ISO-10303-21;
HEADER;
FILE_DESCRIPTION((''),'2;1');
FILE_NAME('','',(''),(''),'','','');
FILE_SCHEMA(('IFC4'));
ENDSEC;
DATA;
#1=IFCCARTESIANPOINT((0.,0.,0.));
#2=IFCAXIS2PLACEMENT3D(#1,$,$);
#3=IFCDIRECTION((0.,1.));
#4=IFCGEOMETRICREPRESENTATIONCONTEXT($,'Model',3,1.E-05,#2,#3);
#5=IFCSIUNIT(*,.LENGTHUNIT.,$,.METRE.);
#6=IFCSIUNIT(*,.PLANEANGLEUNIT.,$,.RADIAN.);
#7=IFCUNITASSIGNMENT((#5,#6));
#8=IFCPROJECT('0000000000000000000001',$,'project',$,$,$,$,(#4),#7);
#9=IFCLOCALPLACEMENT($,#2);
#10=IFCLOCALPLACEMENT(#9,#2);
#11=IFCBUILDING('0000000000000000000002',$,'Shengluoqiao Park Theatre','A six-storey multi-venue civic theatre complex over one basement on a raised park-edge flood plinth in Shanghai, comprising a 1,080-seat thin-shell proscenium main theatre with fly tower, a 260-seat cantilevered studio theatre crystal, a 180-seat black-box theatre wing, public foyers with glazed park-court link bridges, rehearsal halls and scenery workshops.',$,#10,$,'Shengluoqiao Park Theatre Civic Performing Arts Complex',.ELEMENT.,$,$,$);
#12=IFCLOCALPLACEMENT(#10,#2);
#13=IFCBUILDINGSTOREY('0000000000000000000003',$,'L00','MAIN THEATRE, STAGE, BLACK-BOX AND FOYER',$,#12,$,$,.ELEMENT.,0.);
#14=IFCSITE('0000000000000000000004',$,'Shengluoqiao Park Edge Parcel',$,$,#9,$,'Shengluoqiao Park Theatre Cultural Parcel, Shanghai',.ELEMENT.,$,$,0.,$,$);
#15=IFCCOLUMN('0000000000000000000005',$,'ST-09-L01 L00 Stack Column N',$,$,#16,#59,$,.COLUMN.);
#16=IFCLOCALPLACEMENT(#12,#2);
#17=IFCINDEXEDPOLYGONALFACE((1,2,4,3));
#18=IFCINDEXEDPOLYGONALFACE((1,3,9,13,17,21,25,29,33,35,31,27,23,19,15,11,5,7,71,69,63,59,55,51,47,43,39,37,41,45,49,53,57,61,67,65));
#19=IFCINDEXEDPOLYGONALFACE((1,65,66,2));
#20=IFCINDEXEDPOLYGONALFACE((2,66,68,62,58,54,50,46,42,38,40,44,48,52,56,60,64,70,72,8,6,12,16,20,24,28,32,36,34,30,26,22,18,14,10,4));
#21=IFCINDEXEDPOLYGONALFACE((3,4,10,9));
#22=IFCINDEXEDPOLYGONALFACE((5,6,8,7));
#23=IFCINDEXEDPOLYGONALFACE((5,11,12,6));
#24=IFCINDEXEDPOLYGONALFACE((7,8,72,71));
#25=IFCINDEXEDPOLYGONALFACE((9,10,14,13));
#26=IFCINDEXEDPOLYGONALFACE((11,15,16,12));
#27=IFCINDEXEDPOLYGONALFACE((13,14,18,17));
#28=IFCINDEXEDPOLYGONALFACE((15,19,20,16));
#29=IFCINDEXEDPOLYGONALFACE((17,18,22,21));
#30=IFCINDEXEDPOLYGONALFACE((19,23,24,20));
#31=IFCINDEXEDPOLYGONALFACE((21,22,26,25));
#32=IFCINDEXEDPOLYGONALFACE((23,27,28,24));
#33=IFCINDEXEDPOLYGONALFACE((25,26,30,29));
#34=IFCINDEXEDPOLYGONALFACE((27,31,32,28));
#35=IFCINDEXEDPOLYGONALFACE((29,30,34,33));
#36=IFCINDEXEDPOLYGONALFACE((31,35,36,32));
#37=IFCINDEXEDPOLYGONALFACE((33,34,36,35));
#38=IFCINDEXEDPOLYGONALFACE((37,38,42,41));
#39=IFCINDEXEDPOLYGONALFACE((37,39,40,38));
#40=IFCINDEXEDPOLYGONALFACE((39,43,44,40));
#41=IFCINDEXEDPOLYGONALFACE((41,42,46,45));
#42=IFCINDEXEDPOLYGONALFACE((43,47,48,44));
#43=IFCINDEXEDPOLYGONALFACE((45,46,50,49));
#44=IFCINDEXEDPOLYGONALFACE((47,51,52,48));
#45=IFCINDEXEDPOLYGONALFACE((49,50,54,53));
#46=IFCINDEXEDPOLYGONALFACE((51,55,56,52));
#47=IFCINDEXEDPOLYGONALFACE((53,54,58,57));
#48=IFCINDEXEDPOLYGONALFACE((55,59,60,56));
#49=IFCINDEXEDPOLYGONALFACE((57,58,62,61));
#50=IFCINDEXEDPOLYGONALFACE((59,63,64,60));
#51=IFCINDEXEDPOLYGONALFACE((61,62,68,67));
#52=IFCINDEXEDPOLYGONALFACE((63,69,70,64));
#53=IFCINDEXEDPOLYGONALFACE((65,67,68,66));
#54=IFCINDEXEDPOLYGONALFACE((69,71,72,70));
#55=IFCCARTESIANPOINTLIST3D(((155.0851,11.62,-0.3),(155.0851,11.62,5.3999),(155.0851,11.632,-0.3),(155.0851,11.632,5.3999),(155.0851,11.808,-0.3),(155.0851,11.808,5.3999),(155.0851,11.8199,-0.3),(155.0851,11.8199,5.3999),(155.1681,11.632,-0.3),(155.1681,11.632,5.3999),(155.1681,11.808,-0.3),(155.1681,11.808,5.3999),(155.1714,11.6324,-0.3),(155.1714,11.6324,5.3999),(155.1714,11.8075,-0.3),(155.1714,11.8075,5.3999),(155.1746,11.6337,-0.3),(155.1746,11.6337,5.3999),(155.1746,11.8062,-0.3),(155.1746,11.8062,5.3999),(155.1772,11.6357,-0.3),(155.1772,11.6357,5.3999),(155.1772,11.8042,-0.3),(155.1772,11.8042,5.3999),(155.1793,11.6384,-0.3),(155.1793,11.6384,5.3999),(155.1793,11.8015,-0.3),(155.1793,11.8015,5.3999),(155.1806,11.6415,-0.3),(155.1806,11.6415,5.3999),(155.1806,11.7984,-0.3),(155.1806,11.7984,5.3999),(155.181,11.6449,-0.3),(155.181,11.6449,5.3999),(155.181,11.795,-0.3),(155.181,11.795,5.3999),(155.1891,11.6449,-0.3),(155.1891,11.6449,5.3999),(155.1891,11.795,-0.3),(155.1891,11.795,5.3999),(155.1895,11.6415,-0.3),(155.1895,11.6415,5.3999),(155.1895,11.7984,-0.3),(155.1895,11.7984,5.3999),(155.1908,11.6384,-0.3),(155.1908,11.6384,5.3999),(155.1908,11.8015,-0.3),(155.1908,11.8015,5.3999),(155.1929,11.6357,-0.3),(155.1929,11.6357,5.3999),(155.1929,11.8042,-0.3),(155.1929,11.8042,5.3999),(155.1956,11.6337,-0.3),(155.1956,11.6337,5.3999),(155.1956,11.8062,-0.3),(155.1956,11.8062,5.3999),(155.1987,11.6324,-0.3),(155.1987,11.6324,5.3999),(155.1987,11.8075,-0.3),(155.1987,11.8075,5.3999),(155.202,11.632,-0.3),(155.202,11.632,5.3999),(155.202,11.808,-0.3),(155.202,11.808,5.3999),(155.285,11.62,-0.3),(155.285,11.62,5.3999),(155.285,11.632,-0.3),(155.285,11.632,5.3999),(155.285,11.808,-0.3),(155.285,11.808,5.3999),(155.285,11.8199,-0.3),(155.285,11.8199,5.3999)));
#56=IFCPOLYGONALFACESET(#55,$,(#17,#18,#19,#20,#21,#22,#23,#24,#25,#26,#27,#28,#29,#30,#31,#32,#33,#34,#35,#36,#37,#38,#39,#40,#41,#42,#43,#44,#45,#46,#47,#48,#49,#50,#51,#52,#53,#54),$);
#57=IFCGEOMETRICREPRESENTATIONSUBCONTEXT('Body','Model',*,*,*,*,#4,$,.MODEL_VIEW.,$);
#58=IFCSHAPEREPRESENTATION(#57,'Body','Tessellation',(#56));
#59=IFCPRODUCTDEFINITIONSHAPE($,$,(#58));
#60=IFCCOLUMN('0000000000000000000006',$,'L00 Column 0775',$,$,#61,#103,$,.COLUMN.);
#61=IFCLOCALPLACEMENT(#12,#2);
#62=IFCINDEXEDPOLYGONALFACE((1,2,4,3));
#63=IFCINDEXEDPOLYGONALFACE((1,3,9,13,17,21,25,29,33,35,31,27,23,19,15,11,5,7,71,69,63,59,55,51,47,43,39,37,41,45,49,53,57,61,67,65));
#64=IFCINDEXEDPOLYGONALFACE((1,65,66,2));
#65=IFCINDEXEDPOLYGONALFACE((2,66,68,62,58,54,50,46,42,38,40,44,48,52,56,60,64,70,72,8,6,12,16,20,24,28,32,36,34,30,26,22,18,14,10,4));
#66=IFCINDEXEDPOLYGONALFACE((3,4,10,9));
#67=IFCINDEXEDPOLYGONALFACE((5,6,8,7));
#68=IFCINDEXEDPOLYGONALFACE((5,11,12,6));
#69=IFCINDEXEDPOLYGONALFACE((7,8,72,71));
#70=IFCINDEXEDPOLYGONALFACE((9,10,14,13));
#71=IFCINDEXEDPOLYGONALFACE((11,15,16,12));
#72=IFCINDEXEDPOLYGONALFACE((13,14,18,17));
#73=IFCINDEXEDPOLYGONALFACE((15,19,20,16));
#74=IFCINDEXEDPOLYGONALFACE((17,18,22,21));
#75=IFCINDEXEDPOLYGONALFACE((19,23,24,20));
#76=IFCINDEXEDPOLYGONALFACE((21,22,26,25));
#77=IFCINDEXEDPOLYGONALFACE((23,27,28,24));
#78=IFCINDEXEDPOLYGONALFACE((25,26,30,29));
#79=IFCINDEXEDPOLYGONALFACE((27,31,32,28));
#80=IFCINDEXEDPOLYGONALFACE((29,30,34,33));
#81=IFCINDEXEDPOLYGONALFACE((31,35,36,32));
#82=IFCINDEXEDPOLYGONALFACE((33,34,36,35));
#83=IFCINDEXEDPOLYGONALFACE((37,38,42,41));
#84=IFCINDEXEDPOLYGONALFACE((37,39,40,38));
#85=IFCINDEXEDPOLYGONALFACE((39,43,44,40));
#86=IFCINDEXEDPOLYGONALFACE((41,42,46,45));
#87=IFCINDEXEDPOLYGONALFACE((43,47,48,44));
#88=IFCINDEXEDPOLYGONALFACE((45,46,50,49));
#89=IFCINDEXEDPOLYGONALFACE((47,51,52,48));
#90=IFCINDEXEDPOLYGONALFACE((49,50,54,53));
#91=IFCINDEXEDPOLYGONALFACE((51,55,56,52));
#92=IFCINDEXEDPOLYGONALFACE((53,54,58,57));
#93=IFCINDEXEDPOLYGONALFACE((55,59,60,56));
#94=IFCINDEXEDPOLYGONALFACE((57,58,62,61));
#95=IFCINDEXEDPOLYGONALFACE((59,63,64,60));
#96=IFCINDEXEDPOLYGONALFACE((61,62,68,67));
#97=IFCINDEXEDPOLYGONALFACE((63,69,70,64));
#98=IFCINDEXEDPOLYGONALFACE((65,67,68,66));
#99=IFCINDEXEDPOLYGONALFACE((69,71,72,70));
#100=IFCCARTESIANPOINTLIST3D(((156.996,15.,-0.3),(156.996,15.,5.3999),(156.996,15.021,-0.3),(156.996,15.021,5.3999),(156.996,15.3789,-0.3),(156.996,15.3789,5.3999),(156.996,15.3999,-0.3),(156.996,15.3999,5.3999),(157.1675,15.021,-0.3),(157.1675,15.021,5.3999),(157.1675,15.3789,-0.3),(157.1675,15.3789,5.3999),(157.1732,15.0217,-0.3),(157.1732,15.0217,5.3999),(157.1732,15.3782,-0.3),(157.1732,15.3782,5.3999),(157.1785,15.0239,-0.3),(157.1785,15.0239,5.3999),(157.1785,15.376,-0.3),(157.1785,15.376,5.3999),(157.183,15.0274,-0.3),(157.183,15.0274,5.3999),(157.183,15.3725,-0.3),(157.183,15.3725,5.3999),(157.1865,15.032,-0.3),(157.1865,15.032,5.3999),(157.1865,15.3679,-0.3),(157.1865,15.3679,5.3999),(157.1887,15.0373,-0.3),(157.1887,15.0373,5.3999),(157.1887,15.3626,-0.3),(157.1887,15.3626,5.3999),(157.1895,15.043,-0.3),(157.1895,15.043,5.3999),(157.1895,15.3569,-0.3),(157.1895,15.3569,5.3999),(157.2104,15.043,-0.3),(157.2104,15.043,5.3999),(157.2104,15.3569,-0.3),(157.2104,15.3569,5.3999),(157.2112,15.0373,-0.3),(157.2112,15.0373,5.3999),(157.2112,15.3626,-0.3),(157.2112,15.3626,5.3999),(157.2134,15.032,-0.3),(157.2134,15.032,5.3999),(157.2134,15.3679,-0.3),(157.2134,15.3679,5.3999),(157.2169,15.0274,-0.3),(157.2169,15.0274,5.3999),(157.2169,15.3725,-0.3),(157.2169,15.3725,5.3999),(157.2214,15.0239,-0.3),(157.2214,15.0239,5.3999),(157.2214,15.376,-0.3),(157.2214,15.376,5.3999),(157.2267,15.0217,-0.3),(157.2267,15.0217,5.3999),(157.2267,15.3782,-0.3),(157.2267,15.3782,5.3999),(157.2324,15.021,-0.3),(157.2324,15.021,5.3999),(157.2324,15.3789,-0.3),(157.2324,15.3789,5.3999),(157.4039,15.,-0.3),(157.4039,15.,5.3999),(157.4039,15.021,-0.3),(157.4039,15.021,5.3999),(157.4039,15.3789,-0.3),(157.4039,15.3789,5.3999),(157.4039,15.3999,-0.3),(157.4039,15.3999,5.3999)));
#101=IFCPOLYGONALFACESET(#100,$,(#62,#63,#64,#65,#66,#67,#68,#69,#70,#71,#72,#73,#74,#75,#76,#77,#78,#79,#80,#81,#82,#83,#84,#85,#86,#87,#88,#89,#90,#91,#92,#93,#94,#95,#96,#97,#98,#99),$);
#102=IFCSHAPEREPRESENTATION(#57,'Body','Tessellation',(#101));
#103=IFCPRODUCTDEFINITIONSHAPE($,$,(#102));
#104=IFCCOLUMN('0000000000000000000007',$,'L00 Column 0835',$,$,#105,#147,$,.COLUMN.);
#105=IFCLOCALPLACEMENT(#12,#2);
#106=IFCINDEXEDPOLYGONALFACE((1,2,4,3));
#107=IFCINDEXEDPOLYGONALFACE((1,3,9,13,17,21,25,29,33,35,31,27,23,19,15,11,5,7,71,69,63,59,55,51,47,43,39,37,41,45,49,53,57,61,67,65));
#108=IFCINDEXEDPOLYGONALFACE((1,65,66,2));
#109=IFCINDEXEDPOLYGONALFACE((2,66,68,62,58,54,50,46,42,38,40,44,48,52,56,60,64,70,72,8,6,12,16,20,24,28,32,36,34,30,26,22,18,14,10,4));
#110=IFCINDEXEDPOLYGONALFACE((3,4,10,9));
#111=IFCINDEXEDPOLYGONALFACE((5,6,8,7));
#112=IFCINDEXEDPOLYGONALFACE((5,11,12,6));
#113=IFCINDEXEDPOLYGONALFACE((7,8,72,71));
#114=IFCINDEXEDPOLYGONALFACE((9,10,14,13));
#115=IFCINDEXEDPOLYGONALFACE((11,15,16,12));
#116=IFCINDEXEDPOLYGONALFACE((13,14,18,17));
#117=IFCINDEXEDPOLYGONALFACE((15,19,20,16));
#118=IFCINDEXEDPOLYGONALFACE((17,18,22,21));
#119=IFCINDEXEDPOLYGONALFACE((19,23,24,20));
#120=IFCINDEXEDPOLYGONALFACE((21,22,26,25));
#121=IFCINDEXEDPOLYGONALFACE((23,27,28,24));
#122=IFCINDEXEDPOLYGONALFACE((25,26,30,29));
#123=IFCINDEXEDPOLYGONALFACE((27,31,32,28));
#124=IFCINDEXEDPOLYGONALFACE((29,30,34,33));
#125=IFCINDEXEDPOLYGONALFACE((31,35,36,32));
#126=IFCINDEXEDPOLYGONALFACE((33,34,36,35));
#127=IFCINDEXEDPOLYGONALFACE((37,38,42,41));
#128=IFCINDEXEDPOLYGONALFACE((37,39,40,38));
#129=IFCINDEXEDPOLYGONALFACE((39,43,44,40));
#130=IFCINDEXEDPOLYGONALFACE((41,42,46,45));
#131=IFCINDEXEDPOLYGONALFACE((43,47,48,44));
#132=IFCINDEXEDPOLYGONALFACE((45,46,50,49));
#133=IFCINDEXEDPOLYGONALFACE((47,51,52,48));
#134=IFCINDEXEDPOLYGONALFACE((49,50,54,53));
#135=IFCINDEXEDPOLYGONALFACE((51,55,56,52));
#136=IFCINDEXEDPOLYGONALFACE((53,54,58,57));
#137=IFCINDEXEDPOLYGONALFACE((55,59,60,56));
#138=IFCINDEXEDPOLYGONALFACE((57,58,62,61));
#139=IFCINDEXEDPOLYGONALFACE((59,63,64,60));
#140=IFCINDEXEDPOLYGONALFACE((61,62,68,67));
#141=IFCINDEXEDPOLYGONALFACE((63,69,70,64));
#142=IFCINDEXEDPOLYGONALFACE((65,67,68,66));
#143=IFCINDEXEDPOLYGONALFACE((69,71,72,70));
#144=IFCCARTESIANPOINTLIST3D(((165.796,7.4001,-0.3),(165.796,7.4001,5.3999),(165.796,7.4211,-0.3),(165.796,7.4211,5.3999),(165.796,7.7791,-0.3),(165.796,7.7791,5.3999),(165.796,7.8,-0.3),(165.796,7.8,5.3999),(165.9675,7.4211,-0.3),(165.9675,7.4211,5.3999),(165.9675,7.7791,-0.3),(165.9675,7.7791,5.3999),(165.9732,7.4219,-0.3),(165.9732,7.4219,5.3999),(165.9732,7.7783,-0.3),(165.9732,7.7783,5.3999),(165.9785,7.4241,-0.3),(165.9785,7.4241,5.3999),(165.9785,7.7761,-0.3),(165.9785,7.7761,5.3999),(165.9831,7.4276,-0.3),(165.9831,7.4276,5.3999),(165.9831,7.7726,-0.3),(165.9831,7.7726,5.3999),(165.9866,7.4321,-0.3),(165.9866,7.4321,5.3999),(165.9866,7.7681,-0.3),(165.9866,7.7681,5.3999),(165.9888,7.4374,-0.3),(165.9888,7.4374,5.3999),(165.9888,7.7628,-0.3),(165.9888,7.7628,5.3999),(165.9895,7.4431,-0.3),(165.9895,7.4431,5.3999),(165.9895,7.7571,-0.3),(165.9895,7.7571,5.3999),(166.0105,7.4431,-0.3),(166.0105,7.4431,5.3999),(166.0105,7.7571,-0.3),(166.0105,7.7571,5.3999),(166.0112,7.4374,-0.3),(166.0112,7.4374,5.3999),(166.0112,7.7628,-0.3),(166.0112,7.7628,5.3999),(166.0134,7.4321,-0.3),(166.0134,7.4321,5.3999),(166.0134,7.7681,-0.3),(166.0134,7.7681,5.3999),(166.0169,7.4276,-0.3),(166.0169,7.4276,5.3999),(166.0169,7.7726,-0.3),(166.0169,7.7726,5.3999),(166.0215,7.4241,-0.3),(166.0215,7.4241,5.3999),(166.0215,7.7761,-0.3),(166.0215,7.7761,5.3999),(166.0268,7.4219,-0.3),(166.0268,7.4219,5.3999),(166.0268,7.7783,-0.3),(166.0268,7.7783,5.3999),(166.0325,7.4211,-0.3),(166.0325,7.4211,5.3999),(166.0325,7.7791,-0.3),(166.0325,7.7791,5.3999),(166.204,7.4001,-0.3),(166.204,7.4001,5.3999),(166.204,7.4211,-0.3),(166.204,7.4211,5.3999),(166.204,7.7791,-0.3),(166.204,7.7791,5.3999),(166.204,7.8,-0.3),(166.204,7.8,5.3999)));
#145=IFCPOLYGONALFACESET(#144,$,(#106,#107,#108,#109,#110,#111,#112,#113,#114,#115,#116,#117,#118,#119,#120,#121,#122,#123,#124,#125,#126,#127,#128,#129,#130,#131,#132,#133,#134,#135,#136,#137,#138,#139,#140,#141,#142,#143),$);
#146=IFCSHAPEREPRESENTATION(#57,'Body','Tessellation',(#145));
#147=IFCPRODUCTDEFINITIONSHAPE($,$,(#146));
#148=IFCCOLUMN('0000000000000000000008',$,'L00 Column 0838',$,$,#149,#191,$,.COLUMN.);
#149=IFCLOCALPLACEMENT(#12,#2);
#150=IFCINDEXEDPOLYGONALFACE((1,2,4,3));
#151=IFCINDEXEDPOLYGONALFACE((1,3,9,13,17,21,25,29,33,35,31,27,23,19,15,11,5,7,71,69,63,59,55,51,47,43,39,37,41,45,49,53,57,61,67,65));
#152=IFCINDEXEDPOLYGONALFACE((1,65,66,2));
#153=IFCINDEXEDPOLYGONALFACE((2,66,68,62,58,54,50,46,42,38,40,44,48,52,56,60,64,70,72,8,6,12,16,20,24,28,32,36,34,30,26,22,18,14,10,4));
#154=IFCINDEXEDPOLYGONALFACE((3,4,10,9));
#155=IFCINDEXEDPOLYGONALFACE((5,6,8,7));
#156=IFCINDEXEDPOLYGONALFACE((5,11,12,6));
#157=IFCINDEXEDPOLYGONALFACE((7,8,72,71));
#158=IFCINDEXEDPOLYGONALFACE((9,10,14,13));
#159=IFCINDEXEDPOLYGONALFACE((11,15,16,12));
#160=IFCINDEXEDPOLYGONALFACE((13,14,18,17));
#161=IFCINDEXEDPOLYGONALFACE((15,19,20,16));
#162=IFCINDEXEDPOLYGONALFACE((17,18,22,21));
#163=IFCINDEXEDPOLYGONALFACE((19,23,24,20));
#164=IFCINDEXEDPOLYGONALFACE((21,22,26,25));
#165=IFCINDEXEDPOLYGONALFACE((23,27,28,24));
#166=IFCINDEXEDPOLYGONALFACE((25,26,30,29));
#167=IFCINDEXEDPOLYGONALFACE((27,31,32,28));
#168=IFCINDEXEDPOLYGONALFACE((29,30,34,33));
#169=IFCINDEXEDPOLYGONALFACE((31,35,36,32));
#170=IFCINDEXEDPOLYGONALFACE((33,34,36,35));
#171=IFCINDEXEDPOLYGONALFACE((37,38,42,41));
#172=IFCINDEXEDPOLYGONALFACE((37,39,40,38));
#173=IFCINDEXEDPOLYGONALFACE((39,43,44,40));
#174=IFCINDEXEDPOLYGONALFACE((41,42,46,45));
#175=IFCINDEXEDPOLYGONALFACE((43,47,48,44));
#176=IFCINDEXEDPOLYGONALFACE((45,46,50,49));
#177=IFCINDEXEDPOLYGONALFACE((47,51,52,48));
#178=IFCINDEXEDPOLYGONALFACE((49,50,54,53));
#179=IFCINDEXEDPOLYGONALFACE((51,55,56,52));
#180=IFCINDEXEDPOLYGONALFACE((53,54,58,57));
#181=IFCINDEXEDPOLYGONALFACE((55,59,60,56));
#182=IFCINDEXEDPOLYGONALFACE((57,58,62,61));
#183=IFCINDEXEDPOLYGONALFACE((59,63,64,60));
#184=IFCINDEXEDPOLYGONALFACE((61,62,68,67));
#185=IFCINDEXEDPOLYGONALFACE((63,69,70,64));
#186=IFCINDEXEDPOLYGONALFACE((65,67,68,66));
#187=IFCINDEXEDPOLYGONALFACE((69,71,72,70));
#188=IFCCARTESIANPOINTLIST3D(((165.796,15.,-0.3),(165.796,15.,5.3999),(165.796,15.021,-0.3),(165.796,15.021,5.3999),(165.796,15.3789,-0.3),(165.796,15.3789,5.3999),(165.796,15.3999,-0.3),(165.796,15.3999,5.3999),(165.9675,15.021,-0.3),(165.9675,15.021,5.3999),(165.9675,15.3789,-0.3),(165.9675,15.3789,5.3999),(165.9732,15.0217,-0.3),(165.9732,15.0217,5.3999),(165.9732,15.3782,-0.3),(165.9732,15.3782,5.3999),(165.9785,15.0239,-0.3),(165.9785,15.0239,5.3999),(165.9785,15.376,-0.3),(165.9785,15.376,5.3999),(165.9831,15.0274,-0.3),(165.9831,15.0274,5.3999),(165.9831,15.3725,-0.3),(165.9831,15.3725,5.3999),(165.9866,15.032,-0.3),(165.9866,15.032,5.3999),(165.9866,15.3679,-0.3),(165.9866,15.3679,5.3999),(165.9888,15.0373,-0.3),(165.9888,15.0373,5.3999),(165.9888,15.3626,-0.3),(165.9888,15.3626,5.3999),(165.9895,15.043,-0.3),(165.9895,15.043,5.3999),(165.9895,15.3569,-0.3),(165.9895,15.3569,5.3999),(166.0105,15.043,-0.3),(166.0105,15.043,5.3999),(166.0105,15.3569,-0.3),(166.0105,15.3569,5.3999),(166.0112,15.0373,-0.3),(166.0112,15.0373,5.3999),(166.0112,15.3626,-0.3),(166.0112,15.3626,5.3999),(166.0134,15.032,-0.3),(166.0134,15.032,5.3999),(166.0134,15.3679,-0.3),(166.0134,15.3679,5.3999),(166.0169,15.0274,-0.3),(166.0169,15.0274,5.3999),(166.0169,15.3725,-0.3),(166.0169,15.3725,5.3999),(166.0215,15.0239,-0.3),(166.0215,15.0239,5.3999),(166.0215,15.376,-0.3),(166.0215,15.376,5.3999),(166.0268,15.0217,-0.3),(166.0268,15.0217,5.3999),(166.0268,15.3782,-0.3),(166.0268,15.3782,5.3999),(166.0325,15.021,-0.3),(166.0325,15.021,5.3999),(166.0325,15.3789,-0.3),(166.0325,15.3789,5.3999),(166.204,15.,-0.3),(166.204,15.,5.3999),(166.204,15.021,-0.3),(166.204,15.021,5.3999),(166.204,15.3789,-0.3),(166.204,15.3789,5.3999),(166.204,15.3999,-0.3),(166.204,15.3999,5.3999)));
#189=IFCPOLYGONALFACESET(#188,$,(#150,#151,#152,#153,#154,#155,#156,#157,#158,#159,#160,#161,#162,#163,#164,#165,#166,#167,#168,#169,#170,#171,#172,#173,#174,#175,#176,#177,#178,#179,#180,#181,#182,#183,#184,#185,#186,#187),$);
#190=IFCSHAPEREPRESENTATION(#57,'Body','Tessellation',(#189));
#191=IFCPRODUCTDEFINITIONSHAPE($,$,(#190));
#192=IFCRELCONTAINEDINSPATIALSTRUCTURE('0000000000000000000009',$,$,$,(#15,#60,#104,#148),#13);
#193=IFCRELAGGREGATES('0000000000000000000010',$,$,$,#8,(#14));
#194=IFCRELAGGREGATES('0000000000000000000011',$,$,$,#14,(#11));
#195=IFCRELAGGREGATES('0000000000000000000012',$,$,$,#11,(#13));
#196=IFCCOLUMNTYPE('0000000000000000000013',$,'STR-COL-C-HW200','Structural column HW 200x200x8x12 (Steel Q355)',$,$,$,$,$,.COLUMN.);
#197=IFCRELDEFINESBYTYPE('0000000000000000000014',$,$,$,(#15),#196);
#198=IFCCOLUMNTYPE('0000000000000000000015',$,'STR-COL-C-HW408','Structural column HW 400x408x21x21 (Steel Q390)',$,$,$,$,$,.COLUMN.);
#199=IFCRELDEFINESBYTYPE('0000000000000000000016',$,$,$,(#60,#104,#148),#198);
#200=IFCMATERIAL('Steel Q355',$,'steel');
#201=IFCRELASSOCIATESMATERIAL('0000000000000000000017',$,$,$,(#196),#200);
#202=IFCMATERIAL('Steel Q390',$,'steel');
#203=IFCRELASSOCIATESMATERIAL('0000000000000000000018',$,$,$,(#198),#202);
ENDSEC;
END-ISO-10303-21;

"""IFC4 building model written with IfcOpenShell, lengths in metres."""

from ifc_helpers import new_model, si_unit, direction, frame, origin, origin_2d, place, context, subcontext, project, spatial, i_section, extrude, material, material_profile, profile_set, type_object, element, save


model = new_model("IFC4")

# Units and contexts
model_context = context("Model", 3, precision=1e-05, world=origin(), true_north=direction((0.0, 1.0)))
body_context = subcontext(model_context, "Body", "Model", "MODEL_VIEW")
ifc_project = project(units=[si_unit("LENGTHUNIT", "METRE"), si_unit("PLANEANGLEUNIT", "RADIAN")], contexts=[model_context])

# Site, building, storey
site_placement = place(None, origin())
site = spatial("IfcSite", under=ifc_project, at=site_placement, Name="Shengluoqiao Park Edge Parcel", LongName="Shengluoqiao Park Theatre Cultural Parcel, Shanghai", CompositionType="ELEMENT", RefElevation=0.0)
building_placement = place(site_placement, origin())
building = spatial("IfcBuilding", under=site, at=building_placement, Name="Shengluoqiao Park Theatre", Description="A six-storey multi-venue civic theatre complex over one basement on a raised park-edge flood plinth in Shanghai, comprising a 1,080-seat thin-shell proscenium main theatre with fly tower, a 260-seat cantilevered studio theatre crystal, a 180-seat black-box theatre wing, public foyers with glazed park-court link bridges, rehearsal halls and scenery workshops.", LongName="Shengluoqiao Park Theatre Civic Performing Arts Complex", CompositionType="ELEMENT")
storey_placement = place(building_placement, origin())
storey = spatial("IfcBuildingStorey", under=building, at=storey_placement, Name="L00", Description="MAIN THEATRE, STAGE, BLACK-BOX AND FOYER", CompositionType="ELEMENT", Elevation=0.0)

# Columns
ifc_material_1 = material(Name="Steel Q355", Category="steel")
ifc_material_profile_1 = material_profile(ifc_material_1, i_section(OverallWidth=0.2, OverallDepth=0.2, WebThickness=0.0081, FlangeThickness=0.012, FilletRadius=0.0129, at=origin_2d()), Name="HW 200x200x8x12")
ifc_profile_set_1 = profile_set([ifc_material_profile_1], Name="Steel Q355")
column_type_1 = type_object("IfcColumnType", Name="STR-COL-C-HW200", Description="Structural column HW 200x200x8x12 (Steel Q355)", PredefinedType="COLUMN", material=ifc_profile_set_1)
for number, where, z_axis, x_axis, name in (
    (1, (155.1851, 11.72, -0.3), (0.0, 0.0, 1.0), (1.0, 0.0, 0.0), "ST-09-L01 L00 Stack Column N"),
):
    element("IfcColumn", number, at=place(storey_placement, frame(where, z_axis=z_axis, x_axis=x_axis)), inside=storey, type_object=column_type_1, Name=name, PredefinedType="COLUMN", context=body_context, shape_type="SweptSolid", body=[
        extrude(i_section(OverallWidth=0.2, OverallDepth=0.2, WebThickness=0.0081, FlangeThickness=0.012, FilletRadius=0.0129, at=origin_2d()), origin(), (0.0, 0.0, 1.0), 5.7),
    ])
ifc_material_2 = material(Name="Steel Q390", Category="steel")
ifc_material_profile_2 = material_profile(ifc_material_2, i_section(OverallWidth=0.408, OverallDepth=0.3999, WebThickness=0.021, FlangeThickness=0.021, FilletRadius=0.022, at=origin_2d()), Name="HW 400x408x21x21")
ifc_profile_set_2 = profile_set([ifc_material_profile_2], Name="Steel Q390")
column_type_2 = type_object("IfcColumnType", Name="STR-COL-C-HW408", Description="Structural column HW 400x408x21x21 (Steel Q390)", PredefinedType="COLUMN", material=ifc_profile_set_2)
for number, where, z_axis, x_axis, name in (
    (2, (157.2, 15.2, -0.3), (0.0, 0.0, 1.0), (1.0, 0.0, 0.0), "L00 Column 0775"),
    (3, (166.0, 7.6001, -0.3), (0.0, 0.0, 1.0), (1.0, 0.0, 0.0), "L00 Column 0835"),
    (4, (166.0, 15.2, -0.3), (0.0, 0.0, 1.0), (1.0, 0.0, 0.0), "L00 Column 0838"),
):
    element("IfcColumn", number, at=place(storey_placement, frame(where, z_axis=z_axis, x_axis=x_axis)), inside=storey, type_object=column_type_2, Name=name, PredefinedType="COLUMN", context=body_context, shape_type="SweptSolid", body=[
        extrude(i_section(OverallWidth=0.408, OverallDepth=0.3999, WebThickness=0.021, FlangeThickness=0.021, FilletRadius=0.022, at=origin_2d()), origin(), (0.0, 0.0, 1.0), 5.7),
    ])

save(model, "model.ifc")
